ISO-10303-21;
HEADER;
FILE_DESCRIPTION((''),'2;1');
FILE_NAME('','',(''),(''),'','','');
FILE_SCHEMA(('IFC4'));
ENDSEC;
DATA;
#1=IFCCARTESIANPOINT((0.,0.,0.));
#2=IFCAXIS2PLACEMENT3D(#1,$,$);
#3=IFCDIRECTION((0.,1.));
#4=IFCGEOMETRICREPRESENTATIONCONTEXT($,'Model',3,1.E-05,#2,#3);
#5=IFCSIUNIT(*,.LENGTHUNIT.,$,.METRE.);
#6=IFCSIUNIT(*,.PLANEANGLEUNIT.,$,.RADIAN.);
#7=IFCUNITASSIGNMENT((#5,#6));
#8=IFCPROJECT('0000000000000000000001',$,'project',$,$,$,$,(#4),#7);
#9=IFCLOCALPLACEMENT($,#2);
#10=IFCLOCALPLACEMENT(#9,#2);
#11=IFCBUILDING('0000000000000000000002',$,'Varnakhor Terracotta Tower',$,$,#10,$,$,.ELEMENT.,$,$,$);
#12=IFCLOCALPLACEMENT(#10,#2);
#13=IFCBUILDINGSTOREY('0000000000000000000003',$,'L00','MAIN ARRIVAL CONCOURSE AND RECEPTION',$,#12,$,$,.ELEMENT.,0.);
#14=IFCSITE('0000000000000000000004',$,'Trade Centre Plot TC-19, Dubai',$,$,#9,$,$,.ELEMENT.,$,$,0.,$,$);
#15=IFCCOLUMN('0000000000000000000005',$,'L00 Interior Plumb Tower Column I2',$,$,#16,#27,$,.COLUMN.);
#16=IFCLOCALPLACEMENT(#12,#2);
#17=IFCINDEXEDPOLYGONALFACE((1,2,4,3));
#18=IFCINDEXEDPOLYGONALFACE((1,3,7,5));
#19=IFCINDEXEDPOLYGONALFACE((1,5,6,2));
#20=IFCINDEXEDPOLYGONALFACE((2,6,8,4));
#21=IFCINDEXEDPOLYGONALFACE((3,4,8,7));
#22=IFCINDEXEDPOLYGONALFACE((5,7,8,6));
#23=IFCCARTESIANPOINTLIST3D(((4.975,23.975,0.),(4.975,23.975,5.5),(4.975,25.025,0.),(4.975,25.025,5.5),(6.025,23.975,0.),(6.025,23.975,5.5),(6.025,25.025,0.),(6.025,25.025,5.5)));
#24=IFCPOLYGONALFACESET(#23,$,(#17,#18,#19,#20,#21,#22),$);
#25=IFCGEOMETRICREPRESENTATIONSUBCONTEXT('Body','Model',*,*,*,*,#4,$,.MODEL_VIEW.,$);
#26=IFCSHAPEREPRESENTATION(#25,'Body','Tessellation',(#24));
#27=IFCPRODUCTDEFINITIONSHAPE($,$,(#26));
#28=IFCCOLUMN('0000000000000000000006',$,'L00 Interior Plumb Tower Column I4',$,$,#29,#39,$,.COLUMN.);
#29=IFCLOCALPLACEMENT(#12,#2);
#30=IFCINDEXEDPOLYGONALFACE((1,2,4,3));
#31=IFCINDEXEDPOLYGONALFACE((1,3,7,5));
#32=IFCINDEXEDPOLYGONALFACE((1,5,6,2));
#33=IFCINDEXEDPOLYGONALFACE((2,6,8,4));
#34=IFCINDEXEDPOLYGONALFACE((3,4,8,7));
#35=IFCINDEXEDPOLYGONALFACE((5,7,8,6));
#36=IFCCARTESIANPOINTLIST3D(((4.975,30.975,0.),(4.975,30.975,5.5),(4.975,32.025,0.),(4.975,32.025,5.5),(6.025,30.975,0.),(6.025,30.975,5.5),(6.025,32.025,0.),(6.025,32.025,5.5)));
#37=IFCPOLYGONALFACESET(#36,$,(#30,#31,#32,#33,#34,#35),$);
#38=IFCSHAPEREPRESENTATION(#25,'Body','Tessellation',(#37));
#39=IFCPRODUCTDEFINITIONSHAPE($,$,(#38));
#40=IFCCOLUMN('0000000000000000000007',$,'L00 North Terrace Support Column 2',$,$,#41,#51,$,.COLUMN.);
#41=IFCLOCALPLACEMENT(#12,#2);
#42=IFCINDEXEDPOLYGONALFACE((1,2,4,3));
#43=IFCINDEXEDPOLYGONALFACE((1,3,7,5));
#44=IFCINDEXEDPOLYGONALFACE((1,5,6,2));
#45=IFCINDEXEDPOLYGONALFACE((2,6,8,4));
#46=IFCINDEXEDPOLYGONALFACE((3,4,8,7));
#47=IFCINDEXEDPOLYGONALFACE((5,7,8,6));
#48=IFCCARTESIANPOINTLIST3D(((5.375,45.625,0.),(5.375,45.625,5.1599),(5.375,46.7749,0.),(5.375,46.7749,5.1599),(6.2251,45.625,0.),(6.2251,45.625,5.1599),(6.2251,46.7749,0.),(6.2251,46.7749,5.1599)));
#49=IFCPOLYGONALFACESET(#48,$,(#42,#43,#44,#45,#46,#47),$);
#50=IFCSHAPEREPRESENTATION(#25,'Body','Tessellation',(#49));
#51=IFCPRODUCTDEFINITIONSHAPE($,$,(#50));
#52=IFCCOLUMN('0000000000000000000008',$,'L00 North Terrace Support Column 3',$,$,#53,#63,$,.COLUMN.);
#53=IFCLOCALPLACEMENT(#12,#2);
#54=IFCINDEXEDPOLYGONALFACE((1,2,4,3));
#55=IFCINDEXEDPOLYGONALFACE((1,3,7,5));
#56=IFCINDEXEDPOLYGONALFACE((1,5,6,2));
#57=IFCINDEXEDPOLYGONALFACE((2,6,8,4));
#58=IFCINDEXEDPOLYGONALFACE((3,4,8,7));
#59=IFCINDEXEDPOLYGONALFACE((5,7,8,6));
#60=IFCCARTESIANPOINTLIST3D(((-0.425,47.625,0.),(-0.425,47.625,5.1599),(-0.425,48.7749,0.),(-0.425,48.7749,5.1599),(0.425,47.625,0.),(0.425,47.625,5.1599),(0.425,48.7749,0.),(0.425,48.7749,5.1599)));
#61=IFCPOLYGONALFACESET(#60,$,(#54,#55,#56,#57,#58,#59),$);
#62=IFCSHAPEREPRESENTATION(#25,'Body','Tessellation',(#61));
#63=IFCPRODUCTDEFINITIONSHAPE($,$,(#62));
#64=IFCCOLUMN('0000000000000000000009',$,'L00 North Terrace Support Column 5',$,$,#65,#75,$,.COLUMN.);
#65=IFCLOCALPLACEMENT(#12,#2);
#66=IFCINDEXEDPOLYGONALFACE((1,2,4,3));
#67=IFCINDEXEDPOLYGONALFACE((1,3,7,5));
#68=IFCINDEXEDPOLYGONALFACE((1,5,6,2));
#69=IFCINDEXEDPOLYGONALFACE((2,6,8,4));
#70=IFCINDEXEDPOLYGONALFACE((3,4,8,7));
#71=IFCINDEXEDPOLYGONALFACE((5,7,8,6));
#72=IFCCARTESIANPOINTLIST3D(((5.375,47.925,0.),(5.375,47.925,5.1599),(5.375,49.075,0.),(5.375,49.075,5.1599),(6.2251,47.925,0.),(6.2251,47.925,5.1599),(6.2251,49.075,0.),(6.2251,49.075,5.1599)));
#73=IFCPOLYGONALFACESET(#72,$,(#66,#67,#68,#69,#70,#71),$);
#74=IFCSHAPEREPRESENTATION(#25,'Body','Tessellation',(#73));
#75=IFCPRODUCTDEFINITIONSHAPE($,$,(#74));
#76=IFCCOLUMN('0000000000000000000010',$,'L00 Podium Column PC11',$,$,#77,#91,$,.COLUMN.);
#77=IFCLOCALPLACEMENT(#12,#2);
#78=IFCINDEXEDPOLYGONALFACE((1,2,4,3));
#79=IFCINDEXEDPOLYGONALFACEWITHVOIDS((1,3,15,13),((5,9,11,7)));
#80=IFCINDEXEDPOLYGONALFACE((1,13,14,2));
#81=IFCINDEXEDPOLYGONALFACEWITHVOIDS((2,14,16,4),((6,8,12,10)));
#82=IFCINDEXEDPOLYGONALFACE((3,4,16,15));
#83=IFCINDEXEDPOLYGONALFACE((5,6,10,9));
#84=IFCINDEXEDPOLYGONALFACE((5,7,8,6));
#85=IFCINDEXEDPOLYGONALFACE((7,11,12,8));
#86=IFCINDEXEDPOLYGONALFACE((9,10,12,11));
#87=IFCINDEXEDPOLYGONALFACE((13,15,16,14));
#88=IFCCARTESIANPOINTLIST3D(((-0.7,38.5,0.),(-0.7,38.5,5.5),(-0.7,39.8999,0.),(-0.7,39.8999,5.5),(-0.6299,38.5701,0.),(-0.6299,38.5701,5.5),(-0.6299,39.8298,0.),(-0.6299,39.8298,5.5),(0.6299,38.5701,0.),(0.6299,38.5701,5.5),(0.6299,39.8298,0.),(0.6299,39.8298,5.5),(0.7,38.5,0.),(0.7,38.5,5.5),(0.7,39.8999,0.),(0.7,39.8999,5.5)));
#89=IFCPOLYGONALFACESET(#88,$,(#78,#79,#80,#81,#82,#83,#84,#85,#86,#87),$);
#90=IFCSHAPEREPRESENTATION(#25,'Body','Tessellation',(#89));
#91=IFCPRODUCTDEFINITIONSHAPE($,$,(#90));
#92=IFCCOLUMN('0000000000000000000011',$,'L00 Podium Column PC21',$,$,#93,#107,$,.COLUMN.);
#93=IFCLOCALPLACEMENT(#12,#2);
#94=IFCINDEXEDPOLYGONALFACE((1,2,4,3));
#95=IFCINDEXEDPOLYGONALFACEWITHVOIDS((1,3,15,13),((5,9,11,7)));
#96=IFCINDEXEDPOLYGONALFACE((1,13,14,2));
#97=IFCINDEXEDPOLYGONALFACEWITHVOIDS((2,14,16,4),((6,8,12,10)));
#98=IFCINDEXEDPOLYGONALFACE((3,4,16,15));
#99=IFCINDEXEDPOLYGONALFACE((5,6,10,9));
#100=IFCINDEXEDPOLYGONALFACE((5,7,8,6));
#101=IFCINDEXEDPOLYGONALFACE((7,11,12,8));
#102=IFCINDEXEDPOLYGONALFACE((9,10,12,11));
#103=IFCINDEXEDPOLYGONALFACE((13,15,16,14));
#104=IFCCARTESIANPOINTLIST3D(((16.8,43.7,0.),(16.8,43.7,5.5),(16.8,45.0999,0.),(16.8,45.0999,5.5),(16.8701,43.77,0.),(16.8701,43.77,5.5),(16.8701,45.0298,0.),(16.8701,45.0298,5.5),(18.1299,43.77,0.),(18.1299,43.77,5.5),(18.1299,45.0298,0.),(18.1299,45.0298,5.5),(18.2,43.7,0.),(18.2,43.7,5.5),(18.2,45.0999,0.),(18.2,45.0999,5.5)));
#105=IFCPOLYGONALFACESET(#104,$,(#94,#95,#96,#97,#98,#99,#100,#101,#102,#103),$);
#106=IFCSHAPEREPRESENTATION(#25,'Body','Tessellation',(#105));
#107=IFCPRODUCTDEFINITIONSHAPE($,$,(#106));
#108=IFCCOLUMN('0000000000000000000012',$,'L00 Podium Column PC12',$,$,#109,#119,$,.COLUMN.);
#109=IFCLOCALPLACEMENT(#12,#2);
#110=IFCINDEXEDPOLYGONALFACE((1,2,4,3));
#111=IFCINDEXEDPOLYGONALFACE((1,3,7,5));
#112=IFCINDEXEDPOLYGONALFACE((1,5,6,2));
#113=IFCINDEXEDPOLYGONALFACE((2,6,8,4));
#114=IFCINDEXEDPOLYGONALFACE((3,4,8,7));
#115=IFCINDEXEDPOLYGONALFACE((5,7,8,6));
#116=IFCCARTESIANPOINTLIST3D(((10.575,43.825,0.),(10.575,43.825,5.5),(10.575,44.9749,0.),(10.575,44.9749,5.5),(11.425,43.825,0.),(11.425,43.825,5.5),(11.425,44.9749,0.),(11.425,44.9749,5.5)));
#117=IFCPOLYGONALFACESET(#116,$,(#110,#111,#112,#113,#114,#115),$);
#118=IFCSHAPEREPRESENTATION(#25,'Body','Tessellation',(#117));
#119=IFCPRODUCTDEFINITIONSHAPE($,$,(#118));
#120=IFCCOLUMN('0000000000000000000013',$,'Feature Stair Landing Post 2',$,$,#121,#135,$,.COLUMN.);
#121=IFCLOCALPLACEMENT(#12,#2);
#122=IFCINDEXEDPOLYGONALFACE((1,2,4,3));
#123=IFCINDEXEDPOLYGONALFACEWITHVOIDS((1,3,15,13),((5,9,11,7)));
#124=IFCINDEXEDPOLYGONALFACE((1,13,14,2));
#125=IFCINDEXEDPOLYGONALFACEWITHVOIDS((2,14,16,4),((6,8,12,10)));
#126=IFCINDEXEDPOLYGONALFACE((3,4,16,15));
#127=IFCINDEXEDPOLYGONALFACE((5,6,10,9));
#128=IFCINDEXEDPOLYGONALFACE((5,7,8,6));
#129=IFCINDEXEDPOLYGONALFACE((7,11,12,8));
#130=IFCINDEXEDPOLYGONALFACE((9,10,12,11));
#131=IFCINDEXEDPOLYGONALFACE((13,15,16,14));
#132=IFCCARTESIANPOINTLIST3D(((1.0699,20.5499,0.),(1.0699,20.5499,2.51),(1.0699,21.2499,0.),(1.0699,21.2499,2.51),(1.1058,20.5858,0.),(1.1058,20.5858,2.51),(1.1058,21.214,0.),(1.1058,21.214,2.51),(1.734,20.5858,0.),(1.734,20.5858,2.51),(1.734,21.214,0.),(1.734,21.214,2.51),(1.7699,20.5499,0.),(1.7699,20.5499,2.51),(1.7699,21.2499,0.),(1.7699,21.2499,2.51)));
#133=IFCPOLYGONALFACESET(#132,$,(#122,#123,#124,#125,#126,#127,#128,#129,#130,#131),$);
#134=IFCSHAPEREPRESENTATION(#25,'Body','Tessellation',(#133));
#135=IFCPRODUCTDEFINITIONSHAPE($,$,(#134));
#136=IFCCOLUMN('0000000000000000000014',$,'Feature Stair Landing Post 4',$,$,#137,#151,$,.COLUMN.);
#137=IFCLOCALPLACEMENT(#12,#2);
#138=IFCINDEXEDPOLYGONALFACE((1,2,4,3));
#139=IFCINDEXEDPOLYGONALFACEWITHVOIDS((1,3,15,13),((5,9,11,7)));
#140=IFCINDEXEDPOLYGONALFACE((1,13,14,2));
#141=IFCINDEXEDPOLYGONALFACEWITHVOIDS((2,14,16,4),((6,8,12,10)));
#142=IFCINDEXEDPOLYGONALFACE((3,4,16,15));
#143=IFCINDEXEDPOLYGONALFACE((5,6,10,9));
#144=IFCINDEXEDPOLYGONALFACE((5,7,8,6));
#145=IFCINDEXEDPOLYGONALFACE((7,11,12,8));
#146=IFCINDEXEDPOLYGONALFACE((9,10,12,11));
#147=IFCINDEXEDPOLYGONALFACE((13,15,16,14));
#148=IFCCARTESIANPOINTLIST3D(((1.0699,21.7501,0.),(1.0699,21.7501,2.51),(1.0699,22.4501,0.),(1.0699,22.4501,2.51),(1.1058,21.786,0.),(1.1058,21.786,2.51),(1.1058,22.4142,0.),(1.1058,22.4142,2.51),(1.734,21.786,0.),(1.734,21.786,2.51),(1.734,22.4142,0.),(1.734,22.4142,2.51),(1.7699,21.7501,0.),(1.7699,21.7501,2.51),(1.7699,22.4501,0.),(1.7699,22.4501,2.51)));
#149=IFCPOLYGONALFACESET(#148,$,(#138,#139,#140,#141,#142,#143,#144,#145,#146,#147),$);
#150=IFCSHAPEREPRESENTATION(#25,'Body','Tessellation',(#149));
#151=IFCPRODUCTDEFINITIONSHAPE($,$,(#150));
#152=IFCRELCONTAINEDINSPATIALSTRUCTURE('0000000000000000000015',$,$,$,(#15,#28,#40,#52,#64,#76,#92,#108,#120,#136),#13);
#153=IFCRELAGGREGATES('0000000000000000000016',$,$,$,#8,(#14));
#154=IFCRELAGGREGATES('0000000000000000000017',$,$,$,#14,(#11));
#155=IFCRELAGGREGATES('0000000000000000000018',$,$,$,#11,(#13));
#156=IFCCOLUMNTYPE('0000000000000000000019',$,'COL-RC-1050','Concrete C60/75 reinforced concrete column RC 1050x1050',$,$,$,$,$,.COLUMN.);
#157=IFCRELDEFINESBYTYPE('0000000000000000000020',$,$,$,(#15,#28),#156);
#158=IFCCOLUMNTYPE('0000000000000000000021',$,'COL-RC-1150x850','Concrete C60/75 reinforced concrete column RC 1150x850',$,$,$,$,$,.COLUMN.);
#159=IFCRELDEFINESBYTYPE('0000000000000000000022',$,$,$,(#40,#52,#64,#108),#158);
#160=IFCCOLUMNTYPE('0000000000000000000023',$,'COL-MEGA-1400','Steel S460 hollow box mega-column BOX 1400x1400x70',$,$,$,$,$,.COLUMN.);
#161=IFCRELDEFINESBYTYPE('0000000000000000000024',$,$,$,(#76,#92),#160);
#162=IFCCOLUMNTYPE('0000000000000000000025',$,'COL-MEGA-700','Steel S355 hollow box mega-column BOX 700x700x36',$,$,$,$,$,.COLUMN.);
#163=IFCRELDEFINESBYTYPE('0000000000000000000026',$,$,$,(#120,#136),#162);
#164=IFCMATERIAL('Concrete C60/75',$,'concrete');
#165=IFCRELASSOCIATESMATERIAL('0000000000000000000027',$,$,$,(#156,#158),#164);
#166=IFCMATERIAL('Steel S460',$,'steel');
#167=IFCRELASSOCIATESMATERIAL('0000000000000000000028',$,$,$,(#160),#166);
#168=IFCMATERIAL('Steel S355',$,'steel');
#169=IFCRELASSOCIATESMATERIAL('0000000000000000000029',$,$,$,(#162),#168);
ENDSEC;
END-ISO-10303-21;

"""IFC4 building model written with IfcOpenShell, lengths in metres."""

from ifc_helpers import new_model, si_unit, direction, frame, origin, origin_2d, place, context, subcontext, project, spatial, rectangle, hollow_rectangle, extrude, source, transform, mapped, material, material_profile, profile_set, type_object, type_shapes, element, save


model = new_model("IFC4")

# Units and contexts
model_context = context("Model", 3, precision=1e-05, world=origin(), true_north=direction((0.0, 1.0)))
body_context = subcontext(model_context, "Body", "Model", "MODEL_VIEW")
ifc_project = project(units=[si_unit("LENGTHUNIT", "METRE"), si_unit("PLANEANGLEUNIT", "RADIAN")], contexts=[model_context])

# Site, building, storey
site_placement = place(None, origin())
site = spatial("IfcSite", under=ifc_project, at=site_placement, Name="Trade Centre Plot TC-19, Dubai", CompositionType="ELEMENT", RefElevation=0.0)
building_placement = place(site_placement, origin())
building = spatial("IfcBuilding", under=site, at=building_placement, Name="Varnakhor Terracotta Tower", CompositionType="ELEMENT")
storey_placement = place(building_placement, origin())
storey = spatial("IfcBuildingStorey", under=building, at=storey_placement, Name="L00", Description="MAIN ARRIVAL CONCOURSE AND RECEPTION", CompositionType="ELEMENT", Elevation=0.0)

# Columns
ifc_material_1 = material(Name="Concrete C60/75", Category="concrete")
ifc_material_profile_1 = material_profile(ifc_material_1, rectangle(XDim=1.05, YDim=1.05, at=origin_2d()), Name="RC 1050x1050")
ifc_profile_set_1 = profile_set([ifc_material_profile_1], Name="Concrete C60/75")
column_type_1 = type_object("IfcColumnType", Name="COL-RC-1050", Description="Concrete C60/75 reinforced concrete column RC 1050x1050", PredefinedType="COLUMN", material=ifc_profile_set_1)
shared_shape_1 = source(origin(), body_context, "Body", "SweptSolid", [
    extrude(rectangle(XDim=1.05, YDim=1.05, at=origin_2d()), origin(), (0.0, 0.0, 1.0), 5.5),
])
type_shapes(column_type_1, [shared_shape_1])
for number, where, z_axis, x_axis, name in (
    (1, (5.5, 24.5, 0.0), (0.0, 0.0, 1.0), (1.0, 0.0, 0.0), "L00 Interior Plumb Tower Column I2"),
    (2, (5.5, 31.5, 0.0), (0.0, 0.0, 1.0), (1.0, 0.0, 0.0), "L00 Interior Plumb Tower Column I4"),
):
    element("IfcColumn", number, at=place(storey_placement, frame(where, z_axis=z_axis, x_axis=x_axis)), inside=storey, type_object=column_type_1, Name=name, PredefinedType="COLUMN", context=body_context, shape_type="MappedRepresentation", body=[
        mapped(shared_shape_1, transform((0.0, 0.0, 0.0), scale=1.0)),
    ])
ifc_material_profile_2 = material_profile(ifc_material_1, rectangle(XDim=0.8501, YDim=1.1499, at=origin_2d()), Name="RC 1150x850")
ifc_profile_set_2 = profile_set([ifc_material_profile_2], Name="Concrete C60/75")
column_type_2 = type_object("IfcColumnType", Name="COL-RC-1150x850", Description="Concrete C60/75 reinforced concrete column RC 1150x850", PredefinedType="COLUMN", material=ifc_profile_set_2)
shared_shape_2 = source(origin(), body_context, "Body", "SweptSolid", [
    extrude(rectangle(XDim=0.8501, YDim=1.1499, at=origin_2d()), origin(), (0.0, 0.0, 1.0), 5.1599),
])
for number, where, z_axis, x_axis, name in (
    (3, (5.8, 46.2, 0.0), (0.0, 0.0, 1.0), (1.0, 0.0, 0.0), "L00 North Terrace Support Column 2"),
    (4, (0.0, 48.2, 0.0), (0.0, 0.0, 1.0), (1.0, 0.0, 0.0), "L00 North Terrace Support Column 3"),
    (5, (5.8, 48.5, 0.0), (0.0, 0.0, 1.0), (1.0, 0.0, 0.0), "L00 North Terrace Support Column 5"),
):
    element("IfcColumn", number, at=place(storey_placement, frame(where, z_axis=z_axis, x_axis=x_axis)), inside=storey, type_object=column_type_2, Name=name, PredefinedType="COLUMN", context=body_context, shape_type="MappedRepresentation", body=[
        mapped(shared_shape_2, transform((0.0, 0.0, 0.0), scale=1.0)),
    ])
ifc_material_2 = material(Name="Steel S460", Category="steel")
ifc_material_profile_3 = material_profile(ifc_material_2, hollow_rectangle(XDim=1.3999, YDim=1.3999, WallThickness=0.0701, at=origin_2d()), Name="BOX 1400x1400x70")
ifc_profile_set_3 = profile_set([ifc_material_profile_3], Name="Steel S460")
column_type_3 = type_object("IfcColumnType", Name="COL-MEGA-1400", Description="Steel S460 hollow box mega-column BOX 1400x1400x70", PredefinedType="COLUMN", material=ifc_profile_set_3)
shared_shape_3 = source(origin(), body_context, "Body", "SweptSolid", [
    extrude(hollow_rectangle(XDim=1.3999, YDim=1.3999, WallThickness=0.0701, at=origin_2d()), origin(), (0.0, 0.0, 1.0), 5.5),
])
for number, where, z_axis, x_axis, name in (
    (6, (0.0, 39.2, 0.0), (0.0, 0.0, 1.0), (1.0, 0.0, 0.0), "L00 Podium Column PC11"),
    (7, (17.5, 44.3999, 0.0), (0.0, 0.0, 1.0), (1.0, 0.0, 0.0), "L00 Podium Column PC21"),
):
    element("IfcColumn", number, at=place(storey_placement, frame(where, z_axis=z_axis, x_axis=x_axis)), inside=storey, type_object=column_type_3, Name=name, PredefinedType="COLUMN", context=body_context, shape_type="MappedRepresentation", body=[
        mapped(shared_shape_3, transform((0.0, 0.0, 0.0), scale=1.0)),
    ])
shared_shape_4 = source(origin(), body_context, "Body", "SweptSolid", [
    extrude(rectangle(XDim=0.8501, YDim=1.1499, at=origin_2d()), origin(), (0.0, 0.0, 1.0), 5.5),
])
column_placement = place(storey_placement, frame((11.0, 44.3999, 0.0), z_axis=(0.0, 0.0, 1.0), x_axis=(1.0, 0.0, 0.0)))
element("IfcColumn", 8, at=column_placement, inside=storey, type_object=column_type_2, Name="L00 Podium Column PC12", PredefinedType="COLUMN", context=body_context, shape_type="MappedRepresentation", body=[
    mapped(shared_shape_4, transform((0.0, 0.0, 0.0), scale=1.0)),
])
ifc_material_3 = material(Name="Steel S355", Category="steel")
ifc_material_profile_4 = material_profile(ifc_material_3, hollow_rectangle(XDim=0.7, YDim=0.7, WallThickness=0.0359, at=origin_2d()), Name="BOX 700x700x36")
ifc_profile_set_4 = profile_set([ifc_material_profile_4], Name="Steel S355")
column_type_4 = type_object("IfcColumnType", Name="COL-MEGA-700", Description="Steel S355 hollow box mega-column BOX 700x700x36", PredefinedType="COLUMN", material=ifc_profile_set_4)
shared_shape_5 = source(origin(), body_context, "Body", "SweptSolid", [
    extrude(hollow_rectangle(XDim=0.7, YDim=0.7, WallThickness=0.0359, at=origin_2d()), origin(), (0.0, 0.0, 1.0), 2.51),
])
for number, where, z_axis, x_axis, name in (
    (9, (1.4199, 20.8999, 0.0), (0.0, 0.0, 1.0), (1.0, 0.0, 0.0), "Feature Stair Landing Post 2"),
    (10, (1.4199, 22.1001, 0.0), (0.0, 0.0, 1.0), (1.0, 0.0, 0.0), "Feature Stair Landing Post 4"),
):
    element("IfcColumn", number, at=place(storey_placement, frame(where, z_axis=z_axis, x_axis=x_axis)), inside=storey, type_object=column_type_4, Name=name, PredefinedType="COLUMN", context=body_context, shape_type="MappedRepresentation", body=[
        mapped(shared_shape_5, transform((0.0, 0.0, 0.0), scale=1.0)),
    ])

save(model, "model.ifc")
